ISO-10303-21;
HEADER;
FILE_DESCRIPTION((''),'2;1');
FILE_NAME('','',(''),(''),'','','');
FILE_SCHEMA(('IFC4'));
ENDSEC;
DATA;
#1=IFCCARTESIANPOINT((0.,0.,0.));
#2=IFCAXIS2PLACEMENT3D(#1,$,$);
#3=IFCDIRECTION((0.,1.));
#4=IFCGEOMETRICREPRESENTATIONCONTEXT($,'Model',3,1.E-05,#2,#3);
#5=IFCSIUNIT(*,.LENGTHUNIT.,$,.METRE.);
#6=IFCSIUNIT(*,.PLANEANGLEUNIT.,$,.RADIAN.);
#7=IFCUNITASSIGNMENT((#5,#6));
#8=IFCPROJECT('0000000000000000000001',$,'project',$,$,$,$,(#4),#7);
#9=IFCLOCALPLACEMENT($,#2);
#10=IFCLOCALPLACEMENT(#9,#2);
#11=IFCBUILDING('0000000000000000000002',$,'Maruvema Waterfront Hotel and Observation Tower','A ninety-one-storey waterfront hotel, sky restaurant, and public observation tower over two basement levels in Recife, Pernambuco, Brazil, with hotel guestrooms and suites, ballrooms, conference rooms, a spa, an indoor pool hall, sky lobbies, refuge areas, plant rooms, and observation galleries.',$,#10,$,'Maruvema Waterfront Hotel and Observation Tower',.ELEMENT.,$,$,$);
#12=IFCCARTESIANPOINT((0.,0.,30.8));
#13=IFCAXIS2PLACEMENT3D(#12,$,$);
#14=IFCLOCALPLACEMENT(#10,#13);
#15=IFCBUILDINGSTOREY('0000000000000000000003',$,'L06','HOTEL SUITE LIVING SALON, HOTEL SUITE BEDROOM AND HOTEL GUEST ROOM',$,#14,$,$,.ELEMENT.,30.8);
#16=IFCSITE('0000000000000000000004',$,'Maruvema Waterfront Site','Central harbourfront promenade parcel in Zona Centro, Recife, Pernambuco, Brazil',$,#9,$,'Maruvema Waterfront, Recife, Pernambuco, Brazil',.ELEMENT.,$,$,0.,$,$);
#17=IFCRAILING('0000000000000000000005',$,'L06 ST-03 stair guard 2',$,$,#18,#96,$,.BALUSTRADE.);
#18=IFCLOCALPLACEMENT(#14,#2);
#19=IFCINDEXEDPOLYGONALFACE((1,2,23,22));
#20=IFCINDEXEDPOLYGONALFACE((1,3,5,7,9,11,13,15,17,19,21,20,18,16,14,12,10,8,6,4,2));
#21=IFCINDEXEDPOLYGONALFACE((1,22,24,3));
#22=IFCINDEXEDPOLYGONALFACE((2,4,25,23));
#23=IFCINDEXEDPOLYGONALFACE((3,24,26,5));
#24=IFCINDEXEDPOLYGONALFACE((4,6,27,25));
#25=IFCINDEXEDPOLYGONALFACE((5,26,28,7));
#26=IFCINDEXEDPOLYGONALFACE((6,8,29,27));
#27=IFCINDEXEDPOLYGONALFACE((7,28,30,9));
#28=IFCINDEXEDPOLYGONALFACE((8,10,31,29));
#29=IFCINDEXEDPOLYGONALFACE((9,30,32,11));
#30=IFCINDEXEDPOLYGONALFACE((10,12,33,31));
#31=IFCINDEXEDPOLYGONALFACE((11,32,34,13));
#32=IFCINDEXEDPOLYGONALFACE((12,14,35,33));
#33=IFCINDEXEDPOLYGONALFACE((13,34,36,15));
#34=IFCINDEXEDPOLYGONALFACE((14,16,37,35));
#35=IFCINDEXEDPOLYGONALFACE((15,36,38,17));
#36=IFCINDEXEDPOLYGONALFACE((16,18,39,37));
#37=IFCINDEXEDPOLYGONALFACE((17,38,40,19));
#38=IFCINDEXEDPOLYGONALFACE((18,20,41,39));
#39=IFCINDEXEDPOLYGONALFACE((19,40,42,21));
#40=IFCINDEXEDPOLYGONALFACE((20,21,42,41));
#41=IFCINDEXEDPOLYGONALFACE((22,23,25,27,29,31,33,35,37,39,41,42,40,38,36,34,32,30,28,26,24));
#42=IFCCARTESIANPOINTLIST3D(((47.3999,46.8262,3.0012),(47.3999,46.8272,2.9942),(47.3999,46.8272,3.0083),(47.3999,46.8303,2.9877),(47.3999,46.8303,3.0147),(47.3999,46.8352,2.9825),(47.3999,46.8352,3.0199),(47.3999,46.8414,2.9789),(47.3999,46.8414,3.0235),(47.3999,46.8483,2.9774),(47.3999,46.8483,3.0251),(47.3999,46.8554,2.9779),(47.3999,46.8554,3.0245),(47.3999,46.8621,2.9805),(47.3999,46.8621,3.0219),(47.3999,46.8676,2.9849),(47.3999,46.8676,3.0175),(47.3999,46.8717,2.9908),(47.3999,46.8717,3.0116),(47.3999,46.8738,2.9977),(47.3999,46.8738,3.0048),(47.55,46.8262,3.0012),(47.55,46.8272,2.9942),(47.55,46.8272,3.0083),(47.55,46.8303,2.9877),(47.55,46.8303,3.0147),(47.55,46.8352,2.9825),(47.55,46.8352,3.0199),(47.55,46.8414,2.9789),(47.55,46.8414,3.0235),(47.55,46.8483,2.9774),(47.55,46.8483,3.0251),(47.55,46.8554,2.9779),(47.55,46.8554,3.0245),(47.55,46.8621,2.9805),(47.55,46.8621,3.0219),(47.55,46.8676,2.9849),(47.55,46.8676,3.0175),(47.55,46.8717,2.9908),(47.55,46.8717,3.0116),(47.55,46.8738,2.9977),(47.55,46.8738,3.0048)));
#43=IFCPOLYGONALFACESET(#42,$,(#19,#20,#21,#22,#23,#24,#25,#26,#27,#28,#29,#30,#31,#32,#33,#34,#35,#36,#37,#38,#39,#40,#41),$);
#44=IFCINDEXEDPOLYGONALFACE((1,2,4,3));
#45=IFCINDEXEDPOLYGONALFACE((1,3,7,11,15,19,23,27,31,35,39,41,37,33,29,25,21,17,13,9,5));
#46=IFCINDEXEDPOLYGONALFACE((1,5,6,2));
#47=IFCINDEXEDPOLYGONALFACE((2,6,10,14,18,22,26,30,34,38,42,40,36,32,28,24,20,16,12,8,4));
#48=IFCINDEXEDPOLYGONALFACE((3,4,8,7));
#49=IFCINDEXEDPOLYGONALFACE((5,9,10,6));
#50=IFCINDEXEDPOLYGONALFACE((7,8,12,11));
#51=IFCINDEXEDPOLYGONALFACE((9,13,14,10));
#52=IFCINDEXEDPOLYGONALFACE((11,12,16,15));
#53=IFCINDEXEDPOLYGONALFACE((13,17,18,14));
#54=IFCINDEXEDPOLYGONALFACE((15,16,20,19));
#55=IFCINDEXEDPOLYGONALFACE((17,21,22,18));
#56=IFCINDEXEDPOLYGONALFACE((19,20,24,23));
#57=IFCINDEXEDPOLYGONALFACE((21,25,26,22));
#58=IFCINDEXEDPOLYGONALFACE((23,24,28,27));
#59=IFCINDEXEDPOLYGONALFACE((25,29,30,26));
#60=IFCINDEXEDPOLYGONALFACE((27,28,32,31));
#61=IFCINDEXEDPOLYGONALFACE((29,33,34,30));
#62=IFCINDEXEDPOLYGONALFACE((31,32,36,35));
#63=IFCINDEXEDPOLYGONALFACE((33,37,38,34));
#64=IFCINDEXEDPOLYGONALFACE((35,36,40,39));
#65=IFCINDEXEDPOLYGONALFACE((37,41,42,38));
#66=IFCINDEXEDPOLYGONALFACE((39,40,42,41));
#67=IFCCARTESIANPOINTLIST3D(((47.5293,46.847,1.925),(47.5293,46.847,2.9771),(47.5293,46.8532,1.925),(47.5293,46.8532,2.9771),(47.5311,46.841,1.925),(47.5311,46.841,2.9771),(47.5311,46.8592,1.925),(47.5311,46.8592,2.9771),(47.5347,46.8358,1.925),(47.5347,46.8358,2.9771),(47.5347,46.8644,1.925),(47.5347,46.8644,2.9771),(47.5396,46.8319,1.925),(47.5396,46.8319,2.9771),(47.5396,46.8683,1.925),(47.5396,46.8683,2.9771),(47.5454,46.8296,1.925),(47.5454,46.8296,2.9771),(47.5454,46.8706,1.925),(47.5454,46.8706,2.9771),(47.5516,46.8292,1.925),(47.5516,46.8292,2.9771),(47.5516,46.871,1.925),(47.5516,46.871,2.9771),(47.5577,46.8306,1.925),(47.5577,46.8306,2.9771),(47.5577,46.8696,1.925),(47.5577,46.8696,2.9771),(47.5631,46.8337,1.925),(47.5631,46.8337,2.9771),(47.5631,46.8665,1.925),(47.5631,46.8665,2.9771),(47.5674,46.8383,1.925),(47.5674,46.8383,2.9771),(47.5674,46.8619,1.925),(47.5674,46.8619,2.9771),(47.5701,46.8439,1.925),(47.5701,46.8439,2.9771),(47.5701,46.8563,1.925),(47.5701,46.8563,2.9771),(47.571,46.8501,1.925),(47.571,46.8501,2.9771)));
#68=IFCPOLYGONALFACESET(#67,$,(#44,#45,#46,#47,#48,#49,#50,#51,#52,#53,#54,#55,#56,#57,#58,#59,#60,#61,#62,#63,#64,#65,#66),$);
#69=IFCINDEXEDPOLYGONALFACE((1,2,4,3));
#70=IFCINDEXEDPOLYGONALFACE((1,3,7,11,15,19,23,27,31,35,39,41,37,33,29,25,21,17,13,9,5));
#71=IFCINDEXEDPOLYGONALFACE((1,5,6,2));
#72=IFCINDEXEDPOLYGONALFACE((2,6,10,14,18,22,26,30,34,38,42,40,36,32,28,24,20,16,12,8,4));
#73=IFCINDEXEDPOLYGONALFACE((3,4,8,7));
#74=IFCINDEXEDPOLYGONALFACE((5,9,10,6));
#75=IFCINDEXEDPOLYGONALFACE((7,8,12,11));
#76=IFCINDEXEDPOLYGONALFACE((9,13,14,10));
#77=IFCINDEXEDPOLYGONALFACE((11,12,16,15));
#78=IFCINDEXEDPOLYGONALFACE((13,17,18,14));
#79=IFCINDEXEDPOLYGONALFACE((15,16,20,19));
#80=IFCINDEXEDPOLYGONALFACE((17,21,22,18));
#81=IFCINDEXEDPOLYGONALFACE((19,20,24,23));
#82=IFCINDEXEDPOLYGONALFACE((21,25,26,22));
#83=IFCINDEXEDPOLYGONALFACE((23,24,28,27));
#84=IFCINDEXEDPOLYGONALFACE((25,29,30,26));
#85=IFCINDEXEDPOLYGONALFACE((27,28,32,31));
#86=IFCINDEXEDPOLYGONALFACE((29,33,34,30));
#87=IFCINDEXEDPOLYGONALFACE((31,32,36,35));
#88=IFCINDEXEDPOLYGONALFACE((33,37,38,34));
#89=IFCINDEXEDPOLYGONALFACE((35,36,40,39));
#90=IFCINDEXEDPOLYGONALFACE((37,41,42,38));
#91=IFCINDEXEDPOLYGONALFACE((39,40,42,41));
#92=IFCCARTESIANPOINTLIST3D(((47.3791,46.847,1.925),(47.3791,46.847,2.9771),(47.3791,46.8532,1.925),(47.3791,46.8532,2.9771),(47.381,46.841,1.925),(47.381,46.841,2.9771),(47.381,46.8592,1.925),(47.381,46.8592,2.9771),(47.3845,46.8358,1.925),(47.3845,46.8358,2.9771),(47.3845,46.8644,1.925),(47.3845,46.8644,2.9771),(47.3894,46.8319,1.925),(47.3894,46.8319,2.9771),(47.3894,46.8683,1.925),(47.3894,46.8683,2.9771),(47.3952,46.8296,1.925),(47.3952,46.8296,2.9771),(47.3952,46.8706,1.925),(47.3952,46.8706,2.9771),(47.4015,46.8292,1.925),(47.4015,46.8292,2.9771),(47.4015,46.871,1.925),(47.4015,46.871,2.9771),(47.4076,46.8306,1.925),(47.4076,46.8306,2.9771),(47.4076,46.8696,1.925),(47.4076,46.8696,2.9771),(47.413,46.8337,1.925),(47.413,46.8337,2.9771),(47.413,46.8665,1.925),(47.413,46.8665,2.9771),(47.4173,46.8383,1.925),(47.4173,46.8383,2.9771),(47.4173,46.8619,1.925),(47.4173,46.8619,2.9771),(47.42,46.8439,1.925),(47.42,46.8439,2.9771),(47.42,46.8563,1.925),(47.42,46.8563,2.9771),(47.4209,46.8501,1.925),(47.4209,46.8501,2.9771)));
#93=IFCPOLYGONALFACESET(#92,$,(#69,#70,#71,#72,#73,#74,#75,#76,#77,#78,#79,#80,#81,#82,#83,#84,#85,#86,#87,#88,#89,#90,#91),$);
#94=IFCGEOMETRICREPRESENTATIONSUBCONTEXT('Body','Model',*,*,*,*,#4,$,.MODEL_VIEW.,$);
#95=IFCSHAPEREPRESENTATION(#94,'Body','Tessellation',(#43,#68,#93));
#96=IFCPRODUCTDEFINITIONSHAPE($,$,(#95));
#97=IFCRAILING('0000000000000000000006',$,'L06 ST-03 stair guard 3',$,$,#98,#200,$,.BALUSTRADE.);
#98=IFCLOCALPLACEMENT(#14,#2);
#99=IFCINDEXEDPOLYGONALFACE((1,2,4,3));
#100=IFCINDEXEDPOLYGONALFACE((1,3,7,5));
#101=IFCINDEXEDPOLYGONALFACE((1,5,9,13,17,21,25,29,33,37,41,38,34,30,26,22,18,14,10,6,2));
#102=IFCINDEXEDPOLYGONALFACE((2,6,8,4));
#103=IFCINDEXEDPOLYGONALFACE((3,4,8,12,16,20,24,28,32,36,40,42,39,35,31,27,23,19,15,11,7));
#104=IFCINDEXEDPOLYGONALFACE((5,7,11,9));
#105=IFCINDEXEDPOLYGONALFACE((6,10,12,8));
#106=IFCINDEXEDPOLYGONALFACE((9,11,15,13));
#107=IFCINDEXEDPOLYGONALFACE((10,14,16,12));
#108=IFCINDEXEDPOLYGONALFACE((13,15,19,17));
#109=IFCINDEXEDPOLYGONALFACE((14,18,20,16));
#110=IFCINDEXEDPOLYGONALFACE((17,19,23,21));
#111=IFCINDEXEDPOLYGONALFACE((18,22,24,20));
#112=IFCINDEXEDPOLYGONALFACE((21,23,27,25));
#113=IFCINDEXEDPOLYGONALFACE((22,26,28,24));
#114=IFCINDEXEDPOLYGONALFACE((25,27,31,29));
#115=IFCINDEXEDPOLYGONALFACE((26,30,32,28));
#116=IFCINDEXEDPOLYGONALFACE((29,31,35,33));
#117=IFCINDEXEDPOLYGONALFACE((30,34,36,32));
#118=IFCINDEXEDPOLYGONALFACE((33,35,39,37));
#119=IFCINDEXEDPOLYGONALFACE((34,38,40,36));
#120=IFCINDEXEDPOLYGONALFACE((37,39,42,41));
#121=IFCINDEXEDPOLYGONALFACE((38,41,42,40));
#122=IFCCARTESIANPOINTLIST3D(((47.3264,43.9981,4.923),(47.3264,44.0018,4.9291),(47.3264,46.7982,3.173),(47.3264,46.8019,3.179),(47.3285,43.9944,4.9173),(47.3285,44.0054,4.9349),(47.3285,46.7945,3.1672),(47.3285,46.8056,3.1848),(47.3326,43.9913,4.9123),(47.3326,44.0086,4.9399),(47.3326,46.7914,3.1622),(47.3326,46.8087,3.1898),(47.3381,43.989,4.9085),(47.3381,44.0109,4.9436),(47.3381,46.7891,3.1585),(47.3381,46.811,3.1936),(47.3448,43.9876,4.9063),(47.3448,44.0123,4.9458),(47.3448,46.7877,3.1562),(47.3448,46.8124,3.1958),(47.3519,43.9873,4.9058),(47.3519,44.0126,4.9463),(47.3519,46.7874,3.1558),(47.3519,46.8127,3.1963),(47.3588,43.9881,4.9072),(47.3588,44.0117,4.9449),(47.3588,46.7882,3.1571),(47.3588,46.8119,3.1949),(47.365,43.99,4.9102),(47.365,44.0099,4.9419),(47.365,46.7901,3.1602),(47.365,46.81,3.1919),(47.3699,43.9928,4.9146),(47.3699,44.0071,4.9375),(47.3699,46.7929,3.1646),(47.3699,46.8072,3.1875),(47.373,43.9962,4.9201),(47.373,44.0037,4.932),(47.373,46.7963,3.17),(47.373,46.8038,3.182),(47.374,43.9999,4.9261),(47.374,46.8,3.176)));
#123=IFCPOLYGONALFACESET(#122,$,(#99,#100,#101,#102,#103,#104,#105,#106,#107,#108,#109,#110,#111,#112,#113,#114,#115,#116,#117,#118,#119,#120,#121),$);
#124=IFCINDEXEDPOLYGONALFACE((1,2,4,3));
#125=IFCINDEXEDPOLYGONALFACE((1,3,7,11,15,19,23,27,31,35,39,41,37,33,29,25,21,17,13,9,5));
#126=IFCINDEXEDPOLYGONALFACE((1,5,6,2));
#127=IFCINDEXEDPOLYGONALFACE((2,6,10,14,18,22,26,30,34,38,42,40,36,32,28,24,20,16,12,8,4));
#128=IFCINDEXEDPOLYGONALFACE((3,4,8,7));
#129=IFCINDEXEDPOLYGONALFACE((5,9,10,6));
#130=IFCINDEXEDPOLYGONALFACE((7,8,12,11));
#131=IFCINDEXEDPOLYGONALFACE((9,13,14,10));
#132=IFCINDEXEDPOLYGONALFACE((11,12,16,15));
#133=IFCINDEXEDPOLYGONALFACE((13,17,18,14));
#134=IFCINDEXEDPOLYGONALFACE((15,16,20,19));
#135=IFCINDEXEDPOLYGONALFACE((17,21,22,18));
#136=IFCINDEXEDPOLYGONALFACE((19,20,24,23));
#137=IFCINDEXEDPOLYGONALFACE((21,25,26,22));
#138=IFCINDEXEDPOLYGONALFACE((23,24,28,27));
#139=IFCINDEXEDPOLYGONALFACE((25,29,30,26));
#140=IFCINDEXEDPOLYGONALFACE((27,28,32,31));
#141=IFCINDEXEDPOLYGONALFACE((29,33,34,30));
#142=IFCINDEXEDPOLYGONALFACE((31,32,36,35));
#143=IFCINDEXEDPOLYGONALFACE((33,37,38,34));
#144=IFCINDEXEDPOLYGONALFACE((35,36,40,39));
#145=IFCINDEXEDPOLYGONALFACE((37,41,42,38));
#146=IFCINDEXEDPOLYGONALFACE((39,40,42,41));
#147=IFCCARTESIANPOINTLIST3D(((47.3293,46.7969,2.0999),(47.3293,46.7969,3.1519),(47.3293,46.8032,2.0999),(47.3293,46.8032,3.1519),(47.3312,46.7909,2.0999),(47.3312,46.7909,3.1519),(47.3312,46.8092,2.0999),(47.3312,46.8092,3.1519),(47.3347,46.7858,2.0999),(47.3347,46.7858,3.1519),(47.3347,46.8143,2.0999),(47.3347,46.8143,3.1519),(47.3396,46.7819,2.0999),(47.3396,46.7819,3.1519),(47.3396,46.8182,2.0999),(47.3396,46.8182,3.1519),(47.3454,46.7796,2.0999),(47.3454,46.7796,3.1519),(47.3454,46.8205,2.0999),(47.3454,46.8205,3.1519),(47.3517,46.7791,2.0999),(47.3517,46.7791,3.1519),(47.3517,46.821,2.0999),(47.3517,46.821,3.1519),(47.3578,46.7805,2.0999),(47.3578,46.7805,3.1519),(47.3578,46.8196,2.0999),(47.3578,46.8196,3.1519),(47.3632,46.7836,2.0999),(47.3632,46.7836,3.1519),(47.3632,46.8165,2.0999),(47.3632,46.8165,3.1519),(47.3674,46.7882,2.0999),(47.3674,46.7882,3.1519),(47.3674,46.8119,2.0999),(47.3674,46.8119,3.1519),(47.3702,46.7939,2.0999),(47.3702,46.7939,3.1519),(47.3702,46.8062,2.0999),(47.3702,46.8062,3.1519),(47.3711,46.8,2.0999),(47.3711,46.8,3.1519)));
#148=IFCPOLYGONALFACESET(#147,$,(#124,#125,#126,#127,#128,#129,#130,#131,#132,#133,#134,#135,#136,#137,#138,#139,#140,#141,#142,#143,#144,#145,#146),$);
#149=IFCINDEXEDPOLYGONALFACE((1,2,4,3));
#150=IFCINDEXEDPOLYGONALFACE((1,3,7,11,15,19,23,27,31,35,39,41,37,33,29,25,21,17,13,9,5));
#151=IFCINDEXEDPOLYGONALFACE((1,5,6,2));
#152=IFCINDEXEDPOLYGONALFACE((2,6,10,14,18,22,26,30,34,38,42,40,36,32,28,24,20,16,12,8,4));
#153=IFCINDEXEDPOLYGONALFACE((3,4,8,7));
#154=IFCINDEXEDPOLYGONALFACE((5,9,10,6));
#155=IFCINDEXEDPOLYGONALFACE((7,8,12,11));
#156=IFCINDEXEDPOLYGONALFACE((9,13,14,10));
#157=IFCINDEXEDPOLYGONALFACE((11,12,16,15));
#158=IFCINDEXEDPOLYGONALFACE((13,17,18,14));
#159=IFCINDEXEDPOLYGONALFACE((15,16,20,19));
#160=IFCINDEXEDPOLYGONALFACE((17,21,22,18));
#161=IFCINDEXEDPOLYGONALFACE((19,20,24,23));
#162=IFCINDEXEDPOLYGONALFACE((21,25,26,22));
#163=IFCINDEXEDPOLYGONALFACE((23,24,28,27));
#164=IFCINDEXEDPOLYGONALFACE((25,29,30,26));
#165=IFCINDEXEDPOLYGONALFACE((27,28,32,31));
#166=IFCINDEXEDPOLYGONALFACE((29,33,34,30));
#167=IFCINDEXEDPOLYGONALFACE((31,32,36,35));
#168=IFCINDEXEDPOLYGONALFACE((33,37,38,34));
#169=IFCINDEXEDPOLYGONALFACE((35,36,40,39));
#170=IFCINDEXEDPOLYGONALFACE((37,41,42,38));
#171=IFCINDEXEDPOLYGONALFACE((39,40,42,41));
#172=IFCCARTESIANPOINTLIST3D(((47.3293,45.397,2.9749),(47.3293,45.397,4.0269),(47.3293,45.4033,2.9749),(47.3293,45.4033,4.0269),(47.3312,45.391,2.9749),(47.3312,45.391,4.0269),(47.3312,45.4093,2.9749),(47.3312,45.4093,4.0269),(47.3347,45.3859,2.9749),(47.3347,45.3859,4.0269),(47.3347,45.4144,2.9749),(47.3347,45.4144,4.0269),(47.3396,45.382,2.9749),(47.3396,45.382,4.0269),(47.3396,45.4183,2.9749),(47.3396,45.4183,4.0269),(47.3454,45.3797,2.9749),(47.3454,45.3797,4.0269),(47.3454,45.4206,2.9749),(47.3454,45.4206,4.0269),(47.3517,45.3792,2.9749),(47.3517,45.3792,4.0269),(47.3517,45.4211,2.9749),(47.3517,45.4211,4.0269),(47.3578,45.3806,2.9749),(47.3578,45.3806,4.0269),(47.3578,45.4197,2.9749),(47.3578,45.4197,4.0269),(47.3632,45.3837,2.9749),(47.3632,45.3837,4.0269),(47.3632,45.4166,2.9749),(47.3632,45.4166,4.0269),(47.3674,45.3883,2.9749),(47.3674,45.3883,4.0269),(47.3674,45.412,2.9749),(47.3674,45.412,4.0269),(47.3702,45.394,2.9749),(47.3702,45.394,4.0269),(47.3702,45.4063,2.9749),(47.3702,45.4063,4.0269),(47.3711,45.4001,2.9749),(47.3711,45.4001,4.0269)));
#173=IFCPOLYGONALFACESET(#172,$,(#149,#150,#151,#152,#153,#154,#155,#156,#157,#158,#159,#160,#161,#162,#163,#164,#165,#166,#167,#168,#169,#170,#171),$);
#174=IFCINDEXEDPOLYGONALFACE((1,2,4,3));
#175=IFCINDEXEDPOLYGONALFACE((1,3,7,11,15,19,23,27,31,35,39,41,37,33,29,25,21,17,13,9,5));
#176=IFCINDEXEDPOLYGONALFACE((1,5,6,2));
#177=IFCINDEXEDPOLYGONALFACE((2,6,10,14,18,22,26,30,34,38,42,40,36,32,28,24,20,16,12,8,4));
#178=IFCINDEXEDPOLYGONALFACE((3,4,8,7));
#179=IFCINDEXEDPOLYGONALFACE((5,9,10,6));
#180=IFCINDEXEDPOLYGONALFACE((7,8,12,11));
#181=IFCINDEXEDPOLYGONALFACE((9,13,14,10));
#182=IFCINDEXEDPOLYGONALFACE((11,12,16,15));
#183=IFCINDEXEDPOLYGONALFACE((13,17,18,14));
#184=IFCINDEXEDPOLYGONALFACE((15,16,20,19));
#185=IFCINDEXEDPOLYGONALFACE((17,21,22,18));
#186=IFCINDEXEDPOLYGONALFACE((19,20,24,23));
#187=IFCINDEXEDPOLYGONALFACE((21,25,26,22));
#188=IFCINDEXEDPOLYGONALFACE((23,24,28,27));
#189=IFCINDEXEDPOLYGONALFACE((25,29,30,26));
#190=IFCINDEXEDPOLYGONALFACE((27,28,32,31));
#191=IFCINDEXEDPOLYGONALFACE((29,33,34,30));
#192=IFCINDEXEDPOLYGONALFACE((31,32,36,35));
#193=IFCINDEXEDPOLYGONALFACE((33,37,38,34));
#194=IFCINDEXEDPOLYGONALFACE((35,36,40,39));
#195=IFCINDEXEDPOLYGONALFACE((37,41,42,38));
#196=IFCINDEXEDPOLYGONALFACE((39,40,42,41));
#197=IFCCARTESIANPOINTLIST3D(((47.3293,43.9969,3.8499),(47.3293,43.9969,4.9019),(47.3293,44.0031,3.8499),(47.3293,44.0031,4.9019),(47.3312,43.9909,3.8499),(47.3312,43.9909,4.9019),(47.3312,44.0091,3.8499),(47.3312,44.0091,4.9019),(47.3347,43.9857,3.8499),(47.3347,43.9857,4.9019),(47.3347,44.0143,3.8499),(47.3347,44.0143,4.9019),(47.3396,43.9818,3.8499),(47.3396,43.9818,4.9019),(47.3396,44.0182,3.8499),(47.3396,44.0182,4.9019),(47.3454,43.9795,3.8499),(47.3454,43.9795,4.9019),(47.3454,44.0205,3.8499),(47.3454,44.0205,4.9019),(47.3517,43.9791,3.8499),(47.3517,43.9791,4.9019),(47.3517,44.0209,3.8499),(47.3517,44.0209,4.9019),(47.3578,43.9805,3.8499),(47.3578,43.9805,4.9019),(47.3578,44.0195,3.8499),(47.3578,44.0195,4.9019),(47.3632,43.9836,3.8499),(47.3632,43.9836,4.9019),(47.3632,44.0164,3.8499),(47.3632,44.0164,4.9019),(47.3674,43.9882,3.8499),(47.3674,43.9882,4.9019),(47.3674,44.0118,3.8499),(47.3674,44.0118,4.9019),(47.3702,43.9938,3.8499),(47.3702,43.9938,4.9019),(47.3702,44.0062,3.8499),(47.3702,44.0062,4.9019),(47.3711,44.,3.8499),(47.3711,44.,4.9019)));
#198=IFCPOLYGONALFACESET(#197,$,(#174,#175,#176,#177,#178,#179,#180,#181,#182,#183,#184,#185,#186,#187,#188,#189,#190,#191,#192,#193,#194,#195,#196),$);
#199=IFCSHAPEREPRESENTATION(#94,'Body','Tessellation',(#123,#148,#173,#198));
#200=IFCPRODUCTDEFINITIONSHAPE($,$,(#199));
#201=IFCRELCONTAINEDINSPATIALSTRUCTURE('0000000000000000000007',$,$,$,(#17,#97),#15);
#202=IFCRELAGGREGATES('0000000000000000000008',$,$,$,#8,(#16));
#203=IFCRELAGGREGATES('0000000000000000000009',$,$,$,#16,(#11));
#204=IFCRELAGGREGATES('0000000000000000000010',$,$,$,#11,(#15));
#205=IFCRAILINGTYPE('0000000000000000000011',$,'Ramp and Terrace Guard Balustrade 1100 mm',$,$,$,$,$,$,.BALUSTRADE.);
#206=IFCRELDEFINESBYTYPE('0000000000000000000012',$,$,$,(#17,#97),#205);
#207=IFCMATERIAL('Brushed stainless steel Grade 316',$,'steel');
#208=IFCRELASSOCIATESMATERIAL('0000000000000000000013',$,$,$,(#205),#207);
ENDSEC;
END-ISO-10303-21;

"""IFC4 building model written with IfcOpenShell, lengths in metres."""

from ifc_helpers import new_model, si_unit, direction, frame, origin, origin_2d, place, context, subcontext, project, spatial, circle, extrude, material, type_object, element, save


model = new_model("IFC4")

# Units and contexts
model_context = context("Model", 3, precision=1e-05, world=origin(), true_north=direction((0.0, 1.0)))
body_context = subcontext(model_context, "Body", "Model", "MODEL_VIEW")
ifc_project = project(units=[si_unit("LENGTHUNIT", "METRE"), si_unit("PLANEANGLEUNIT", "RADIAN")], contexts=[model_context])

# Site, building, storey
site_placement = place(None, origin())
site = spatial("IfcSite", under=ifc_project, at=site_placement, Name="Maruvema Waterfront Site", Description="Central harbourfront promenade parcel in Zona Centro, Recife, Pernambuco, Brazil", LongName="Maruvema Waterfront, Recife, Pernambuco, Brazil", CompositionType="ELEMENT", RefElevation=0.0)
building_placement = place(site_placement, origin())
building = spatial("IfcBuilding", under=site, at=building_placement, Name="Maruvema Waterfront Hotel and Observation Tower", Description="A ninety-one-storey waterfront hotel, sky restaurant, and public observation tower over two basement levels in Recife, Pernambuco, Brazil, with hotel guestrooms and suites, ballrooms, conference rooms, a spa, an indoor pool hall, sky lobbies, refuge areas, plant rooms, and observation galleries.", LongName="Maruvema Waterfront Hotel and Observation Tower", CompositionType="ELEMENT")
storey_placement = place(building_placement, frame((0.0, 0.0, 30.8)))
storey = spatial("IfcBuildingStorey", under=building, at=storey_placement, Name="L06", Description="HOTEL SUITE LIVING SALON, HOTEL SUITE BEDROOM AND HOTEL GUEST ROOM", CompositionType="ELEMENT", Elevation=30.8)

# Railings
ifc_material_1 = material(Name="Brushed stainless steel Grade 316", Category="steel")
railing_type_1 = type_object("IfcRailingType", Name="Ramp and Terrace Guard Balustrade 1100 mm", PredefinedType="BALUSTRADE", material=ifc_material_1)
railing_1_placement = place(storey_placement, frame((47.55, 46.8501, 1.925)))
element("IfcRailing", 1, at=railing_1_placement, inside=storey, type_object=railing_type_1, Name="L06 ST-03 stair guard 2", PredefinedType="BALUSTRADE", context=body_context, shape_type="SweptSolid", body=[
    extrude(circle(Radius=0.0239, at=origin_2d()), frame((0.0, 0.0, 1.0762), z_axis=(-1.0, 0.0, 0.0), x_axis=(0.0, -1.0, 0.0)), (0.0, 0.0, 1.0), 0.1501),
    extrude(circle(Radius=0.021, at=origin_2d()), origin(), (0.0, 0.0, 1.0), 1.052),
    extrude(circle(Radius=0.021, at=origin_2d()), frame((-0.1501, 0.0, 0.0)), (0.0, 0.0, 1.0), 1.052),
])
railing_2_placement = place(storey_placement, frame((47.3501, 46.8, 2.0999)))
element("IfcRailing", 2, at=railing_2_placement, inside=storey, type_object=railing_type_1, Name="L06 ST-03 stair guard 3", PredefinedType="BALUSTRADE", context=body_context, shape_type="SweptSolid", body=[
    extrude(circle(Radius=0.0239, at=origin_2d()), frame((0.0, 0.0, 1.0762), z_axis=(0.0, -0.848002, 0.529992), x_axis=(1.0, 0.0, 0.0)), (0.0, 0.0, 1.0), 3.302),
    extrude(circle(Radius=0.021, at=origin_2d()), origin(), (0.0, 0.0, 1.0), 1.052),
    extrude(circle(Radius=0.021, at=origin_2d()), frame((0.0, -1.3999, 0.875)), (0.0, 0.0, 1.0), 1.052),
    extrude(circle(Radius=0.021, at=origin_2d()), frame((0.0, -2.8, 1.75)), (0.0, 0.0, 1.0), 1.052),
])

save(model, "model.ifc")
